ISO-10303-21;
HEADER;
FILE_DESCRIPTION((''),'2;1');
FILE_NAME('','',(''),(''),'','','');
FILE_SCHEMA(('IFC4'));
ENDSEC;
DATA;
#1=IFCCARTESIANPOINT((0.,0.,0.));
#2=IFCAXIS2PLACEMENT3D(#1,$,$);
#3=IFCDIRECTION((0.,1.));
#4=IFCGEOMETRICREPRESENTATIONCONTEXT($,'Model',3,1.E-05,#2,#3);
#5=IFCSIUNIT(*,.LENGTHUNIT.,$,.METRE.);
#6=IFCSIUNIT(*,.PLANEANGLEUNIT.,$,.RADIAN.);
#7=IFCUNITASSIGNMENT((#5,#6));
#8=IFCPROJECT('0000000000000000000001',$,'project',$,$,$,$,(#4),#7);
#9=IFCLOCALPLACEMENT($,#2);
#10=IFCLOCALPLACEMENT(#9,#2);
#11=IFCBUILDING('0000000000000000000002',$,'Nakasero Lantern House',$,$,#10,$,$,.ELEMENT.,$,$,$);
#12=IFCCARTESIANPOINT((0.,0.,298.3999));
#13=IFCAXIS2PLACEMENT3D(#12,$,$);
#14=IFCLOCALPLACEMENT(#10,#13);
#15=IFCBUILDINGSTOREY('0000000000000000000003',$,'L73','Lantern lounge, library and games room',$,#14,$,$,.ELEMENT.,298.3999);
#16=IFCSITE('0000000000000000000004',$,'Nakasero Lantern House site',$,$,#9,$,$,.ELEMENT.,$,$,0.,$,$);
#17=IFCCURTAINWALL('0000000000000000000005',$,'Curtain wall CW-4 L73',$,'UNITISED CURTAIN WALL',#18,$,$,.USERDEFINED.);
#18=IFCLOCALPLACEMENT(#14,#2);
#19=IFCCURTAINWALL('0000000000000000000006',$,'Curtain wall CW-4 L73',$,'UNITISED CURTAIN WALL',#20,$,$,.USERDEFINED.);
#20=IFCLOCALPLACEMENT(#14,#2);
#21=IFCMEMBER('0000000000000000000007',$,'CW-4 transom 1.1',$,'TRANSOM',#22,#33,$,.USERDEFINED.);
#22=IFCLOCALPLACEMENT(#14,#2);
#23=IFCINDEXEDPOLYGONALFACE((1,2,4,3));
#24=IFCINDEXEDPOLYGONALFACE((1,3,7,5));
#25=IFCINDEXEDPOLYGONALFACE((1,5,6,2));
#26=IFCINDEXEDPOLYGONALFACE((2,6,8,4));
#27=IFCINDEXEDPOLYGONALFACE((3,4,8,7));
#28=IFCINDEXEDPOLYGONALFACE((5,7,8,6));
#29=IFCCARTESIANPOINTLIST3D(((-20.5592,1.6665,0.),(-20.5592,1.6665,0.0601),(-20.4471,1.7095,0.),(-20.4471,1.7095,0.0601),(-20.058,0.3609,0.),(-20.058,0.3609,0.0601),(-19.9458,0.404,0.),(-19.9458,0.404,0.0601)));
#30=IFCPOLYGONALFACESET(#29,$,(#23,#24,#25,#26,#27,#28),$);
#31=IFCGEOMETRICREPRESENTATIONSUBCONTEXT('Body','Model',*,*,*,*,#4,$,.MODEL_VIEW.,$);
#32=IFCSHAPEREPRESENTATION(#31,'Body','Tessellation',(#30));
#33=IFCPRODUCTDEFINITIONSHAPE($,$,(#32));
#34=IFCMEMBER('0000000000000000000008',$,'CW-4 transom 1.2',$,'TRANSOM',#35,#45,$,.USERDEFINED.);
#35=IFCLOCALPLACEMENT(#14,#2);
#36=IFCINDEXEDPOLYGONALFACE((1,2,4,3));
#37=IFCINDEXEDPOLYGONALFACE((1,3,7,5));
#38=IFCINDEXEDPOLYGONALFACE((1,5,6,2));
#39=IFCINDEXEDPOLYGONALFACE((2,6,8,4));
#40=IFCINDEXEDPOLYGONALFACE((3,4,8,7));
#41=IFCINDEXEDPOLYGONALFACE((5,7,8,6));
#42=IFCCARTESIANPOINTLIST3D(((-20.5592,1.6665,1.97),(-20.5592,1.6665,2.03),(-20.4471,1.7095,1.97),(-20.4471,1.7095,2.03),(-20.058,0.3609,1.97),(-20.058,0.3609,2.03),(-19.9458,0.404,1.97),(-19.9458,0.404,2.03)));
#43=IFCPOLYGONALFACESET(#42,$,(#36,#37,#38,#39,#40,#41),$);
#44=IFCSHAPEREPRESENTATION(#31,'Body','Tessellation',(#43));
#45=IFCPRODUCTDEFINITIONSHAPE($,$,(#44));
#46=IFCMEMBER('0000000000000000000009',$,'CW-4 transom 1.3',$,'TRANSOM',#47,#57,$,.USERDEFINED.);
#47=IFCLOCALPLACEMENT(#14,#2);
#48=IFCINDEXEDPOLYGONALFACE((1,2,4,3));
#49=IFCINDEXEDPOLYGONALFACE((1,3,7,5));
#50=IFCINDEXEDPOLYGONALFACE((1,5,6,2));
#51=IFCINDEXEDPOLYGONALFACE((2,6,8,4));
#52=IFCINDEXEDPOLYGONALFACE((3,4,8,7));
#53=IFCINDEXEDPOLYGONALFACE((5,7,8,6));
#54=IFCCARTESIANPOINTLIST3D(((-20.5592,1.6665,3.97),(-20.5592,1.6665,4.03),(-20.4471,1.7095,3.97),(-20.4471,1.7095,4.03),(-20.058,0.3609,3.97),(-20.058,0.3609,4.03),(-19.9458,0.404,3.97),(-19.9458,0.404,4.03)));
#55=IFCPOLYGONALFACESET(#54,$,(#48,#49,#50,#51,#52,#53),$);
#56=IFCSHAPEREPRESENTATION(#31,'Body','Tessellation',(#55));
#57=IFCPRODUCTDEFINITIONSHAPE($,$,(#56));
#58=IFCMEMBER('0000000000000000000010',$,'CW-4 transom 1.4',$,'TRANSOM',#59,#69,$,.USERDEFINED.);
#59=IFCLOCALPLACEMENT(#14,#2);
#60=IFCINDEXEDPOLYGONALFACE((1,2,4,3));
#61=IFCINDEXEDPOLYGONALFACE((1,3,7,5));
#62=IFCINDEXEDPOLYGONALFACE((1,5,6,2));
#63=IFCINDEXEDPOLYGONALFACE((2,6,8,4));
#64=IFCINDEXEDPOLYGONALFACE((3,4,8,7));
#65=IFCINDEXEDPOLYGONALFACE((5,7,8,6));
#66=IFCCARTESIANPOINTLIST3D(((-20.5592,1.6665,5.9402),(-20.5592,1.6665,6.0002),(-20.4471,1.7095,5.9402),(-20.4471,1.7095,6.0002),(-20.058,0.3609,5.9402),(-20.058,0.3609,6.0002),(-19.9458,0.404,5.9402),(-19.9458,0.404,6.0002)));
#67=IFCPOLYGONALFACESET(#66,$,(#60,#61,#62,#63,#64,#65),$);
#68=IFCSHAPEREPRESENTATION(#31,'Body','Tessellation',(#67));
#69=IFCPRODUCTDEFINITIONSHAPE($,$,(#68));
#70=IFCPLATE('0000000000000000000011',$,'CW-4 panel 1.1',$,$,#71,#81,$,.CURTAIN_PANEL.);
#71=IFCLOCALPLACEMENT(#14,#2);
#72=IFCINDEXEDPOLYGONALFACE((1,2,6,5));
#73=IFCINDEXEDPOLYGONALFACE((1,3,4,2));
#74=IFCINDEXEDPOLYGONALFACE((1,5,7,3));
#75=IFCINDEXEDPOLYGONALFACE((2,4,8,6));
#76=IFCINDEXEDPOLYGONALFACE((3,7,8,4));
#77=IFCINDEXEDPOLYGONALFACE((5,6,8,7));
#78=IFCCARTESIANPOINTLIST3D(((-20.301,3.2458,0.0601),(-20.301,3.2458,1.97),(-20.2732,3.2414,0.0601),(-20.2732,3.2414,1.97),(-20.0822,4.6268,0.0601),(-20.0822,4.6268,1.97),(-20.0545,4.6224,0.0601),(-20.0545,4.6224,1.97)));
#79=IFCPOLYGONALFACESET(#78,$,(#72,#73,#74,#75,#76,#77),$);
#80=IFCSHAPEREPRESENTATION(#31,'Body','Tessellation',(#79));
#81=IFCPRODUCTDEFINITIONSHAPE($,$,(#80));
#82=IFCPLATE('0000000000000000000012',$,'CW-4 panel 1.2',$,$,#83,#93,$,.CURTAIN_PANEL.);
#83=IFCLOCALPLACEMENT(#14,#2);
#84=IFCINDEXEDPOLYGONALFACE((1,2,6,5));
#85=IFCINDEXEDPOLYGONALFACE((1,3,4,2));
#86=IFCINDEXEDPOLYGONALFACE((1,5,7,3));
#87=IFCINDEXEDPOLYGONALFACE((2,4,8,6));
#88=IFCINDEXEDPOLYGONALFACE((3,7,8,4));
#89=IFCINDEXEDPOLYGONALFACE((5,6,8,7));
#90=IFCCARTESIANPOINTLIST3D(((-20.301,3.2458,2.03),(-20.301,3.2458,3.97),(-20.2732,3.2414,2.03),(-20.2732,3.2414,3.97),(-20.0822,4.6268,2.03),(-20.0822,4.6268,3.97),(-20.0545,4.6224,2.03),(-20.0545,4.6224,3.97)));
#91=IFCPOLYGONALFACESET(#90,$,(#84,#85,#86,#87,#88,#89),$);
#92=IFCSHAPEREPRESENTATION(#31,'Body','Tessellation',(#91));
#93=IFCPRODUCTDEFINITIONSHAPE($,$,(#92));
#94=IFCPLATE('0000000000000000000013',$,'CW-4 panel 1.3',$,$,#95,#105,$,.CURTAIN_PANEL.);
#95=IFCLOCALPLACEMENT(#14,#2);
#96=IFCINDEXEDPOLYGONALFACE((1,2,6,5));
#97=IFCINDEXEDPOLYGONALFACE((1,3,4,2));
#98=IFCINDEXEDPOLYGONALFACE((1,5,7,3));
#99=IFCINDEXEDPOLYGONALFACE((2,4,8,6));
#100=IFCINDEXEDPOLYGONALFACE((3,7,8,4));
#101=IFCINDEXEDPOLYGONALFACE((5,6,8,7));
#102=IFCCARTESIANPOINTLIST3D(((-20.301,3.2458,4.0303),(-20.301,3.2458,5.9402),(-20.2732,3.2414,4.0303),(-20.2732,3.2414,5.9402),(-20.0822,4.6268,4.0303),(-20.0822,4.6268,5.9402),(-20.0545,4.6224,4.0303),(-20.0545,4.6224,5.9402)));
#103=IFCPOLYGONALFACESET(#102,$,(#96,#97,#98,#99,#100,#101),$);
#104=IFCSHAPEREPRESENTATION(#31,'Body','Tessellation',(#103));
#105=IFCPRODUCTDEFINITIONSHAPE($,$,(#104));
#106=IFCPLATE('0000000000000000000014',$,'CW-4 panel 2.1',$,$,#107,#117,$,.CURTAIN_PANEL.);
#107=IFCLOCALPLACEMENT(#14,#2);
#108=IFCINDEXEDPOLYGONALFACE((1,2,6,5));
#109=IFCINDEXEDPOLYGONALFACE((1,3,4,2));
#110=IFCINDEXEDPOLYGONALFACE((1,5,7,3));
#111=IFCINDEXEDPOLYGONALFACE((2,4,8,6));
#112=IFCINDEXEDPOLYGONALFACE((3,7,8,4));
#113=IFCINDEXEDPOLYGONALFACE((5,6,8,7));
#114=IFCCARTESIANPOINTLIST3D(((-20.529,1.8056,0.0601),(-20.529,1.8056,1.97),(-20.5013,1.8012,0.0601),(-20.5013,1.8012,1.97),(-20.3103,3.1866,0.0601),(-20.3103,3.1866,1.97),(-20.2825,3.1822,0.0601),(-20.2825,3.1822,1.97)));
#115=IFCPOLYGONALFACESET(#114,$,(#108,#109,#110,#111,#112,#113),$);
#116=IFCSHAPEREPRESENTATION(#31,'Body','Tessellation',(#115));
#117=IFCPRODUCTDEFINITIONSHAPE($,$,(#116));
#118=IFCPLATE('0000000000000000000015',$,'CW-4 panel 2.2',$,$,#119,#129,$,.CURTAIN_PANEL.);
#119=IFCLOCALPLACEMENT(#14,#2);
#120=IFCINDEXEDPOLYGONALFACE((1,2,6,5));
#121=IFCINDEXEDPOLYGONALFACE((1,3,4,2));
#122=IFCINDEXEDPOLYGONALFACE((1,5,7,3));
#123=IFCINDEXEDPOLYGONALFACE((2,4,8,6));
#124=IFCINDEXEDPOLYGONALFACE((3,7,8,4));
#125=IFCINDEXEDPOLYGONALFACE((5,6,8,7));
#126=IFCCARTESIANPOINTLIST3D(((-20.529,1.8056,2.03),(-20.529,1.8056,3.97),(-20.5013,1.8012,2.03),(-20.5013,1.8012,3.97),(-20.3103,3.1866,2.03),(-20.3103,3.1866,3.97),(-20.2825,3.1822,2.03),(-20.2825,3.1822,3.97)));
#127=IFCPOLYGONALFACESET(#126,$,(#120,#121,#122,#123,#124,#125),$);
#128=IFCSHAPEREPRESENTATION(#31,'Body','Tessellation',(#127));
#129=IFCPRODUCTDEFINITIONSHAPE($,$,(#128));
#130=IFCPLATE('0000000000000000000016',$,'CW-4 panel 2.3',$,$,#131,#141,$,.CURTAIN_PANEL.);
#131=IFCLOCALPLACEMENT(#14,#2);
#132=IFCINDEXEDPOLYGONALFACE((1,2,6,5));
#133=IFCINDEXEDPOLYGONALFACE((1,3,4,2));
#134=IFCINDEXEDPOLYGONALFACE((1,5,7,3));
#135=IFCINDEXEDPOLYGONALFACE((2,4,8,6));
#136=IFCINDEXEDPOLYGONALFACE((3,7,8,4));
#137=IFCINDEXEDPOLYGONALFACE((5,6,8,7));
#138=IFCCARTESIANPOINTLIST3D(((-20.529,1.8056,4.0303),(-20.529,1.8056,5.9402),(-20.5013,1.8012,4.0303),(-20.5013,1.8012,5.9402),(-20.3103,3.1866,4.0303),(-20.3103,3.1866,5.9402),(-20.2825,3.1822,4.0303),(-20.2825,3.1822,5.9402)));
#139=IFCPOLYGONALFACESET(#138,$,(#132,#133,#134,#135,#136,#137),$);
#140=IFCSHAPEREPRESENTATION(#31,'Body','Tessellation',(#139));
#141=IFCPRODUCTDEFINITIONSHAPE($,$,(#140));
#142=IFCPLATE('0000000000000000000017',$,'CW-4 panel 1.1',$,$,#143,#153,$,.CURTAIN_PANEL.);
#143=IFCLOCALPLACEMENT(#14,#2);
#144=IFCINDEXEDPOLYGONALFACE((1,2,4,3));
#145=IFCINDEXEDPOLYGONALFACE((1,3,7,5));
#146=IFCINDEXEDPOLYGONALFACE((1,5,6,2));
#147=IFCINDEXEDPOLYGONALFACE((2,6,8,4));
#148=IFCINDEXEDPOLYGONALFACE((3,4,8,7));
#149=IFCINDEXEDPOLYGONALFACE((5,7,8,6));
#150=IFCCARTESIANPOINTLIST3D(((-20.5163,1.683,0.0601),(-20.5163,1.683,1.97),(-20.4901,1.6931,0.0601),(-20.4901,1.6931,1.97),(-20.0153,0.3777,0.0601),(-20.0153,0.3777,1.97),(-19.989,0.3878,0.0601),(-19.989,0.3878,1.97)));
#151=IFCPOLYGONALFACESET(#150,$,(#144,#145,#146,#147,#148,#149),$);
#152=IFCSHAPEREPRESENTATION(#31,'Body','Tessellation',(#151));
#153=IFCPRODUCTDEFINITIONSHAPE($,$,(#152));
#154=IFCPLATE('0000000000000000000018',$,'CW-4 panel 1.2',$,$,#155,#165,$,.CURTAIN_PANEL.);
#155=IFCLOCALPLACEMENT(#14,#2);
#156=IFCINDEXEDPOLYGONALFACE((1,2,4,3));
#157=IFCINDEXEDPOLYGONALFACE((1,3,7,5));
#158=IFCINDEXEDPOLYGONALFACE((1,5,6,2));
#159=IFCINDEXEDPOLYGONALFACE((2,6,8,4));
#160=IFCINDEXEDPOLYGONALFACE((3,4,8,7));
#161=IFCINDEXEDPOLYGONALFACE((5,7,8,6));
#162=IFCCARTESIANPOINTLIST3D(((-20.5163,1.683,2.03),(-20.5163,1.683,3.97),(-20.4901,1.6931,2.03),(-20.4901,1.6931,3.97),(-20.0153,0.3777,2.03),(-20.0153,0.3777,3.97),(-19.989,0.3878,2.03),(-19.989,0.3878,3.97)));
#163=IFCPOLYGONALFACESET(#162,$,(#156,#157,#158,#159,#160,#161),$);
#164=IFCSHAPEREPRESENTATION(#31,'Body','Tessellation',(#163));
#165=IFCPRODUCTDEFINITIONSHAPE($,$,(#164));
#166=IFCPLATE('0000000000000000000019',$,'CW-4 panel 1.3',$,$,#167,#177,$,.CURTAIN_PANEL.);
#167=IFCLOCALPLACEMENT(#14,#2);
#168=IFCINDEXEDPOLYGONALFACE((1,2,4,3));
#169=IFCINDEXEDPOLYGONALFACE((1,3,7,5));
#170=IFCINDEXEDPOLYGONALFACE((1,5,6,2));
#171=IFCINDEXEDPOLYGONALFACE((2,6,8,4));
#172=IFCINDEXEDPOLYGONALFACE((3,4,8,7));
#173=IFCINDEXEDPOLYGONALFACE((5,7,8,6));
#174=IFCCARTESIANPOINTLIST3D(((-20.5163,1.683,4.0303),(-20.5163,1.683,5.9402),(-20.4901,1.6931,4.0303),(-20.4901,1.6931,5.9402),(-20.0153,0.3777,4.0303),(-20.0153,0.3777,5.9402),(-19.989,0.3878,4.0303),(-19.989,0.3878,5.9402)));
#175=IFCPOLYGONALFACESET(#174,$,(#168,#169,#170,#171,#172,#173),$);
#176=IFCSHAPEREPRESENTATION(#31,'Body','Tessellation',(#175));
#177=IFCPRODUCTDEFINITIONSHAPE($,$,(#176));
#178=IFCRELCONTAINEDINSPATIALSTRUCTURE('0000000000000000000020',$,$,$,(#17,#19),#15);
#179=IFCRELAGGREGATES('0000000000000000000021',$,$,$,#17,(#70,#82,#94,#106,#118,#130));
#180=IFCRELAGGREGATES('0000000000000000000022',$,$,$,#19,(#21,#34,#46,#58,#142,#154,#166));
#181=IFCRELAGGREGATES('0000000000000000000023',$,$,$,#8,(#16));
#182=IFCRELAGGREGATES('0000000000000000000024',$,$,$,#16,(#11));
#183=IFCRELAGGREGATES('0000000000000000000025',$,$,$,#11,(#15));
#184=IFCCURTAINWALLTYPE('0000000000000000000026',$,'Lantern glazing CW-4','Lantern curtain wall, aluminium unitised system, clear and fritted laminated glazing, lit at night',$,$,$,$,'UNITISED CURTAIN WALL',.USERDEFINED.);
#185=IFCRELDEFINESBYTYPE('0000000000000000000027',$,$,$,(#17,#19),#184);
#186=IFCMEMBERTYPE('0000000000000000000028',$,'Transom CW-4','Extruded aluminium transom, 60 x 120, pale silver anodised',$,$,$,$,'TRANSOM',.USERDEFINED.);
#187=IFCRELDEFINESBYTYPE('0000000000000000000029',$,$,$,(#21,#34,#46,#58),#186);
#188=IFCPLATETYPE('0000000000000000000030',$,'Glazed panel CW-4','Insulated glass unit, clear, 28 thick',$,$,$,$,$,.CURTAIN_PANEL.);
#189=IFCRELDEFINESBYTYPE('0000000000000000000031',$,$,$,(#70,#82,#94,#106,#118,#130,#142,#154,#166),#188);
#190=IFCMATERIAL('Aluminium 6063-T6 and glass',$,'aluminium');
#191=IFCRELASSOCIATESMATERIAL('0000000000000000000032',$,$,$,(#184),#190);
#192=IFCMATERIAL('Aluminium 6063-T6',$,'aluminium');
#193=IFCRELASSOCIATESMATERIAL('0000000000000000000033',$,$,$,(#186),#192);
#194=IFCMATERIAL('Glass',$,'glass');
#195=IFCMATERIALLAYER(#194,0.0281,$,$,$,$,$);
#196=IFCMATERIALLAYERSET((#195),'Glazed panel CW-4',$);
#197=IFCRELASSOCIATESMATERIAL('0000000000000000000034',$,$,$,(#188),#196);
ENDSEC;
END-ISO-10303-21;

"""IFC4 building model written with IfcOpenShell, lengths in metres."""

from ifc_helpers import new_model, si_unit, direction, frame, origin, origin_2d, place, context, subcontext, project, spatial, rectangle, extrude, material, layer, layer_set, material_profile, profile_set, type_object, element, aggregate, save


model = new_model("IFC4")

# Units and contexts
model_context = context("Model", 3, precision=1e-05, world=origin(), true_north=direction((0.0, 1.0)))
body_context = subcontext(model_context, "Body", "Model", "MODEL_VIEW")
ifc_project = project(units=[si_unit("LENGTHUNIT", "METRE"), si_unit("PLANEANGLEUNIT", "RADIAN")], contexts=[model_context])

# Site, building, storey
site_placement = place(None, origin())
site = spatial("IfcSite", under=ifc_project, at=site_placement, Name="Nakasero Lantern House site", CompositionType="ELEMENT", RefElevation=0.0)
building_placement = place(site_placement, origin())
building = spatial("IfcBuilding", under=site, at=building_placement, Name="Nakasero Lantern House", CompositionType="ELEMENT")
storey_placement = place(building_placement, frame((0.0, 0.0, 298.3999)))
storey = spatial("IfcBuildingStorey", under=building, at=storey_placement, Name="L73", Description="Lantern lounge, library and games room", CompositionType="ELEMENT", Elevation=298.3999)

# Shared definitions
ifc_material_1 = material(Name="Aluminium 6063-T6 and glass", Category="aluminium")
curtain_wall_type = type_object("IfcCurtainWallType", Name="Lantern glazing CW-4", Description="Lantern curtain wall, aluminium unitised system, clear and fritted laminated glazing, lit at night", ElementType="UNITISED CURTAIN WALL", PredefinedType="USERDEFINED", material=ifc_material_1)

# Curtain walls
curtain_wall_1_placement = place(storey_placement, origin())
curtain_wall_1 = element("IfcCurtainWall", 1, at=curtain_wall_1_placement, inside=storey, type_object=curtain_wall_type, Name="Curtain wall CW-4 L73", ObjectType="UNITISED CURTAIN WALL", PredefinedType="USERDEFINED")
curtain_wall_2_placement = place(storey_placement, origin())
curtain_wall_2 = element("IfcCurtainWall", 2, at=curtain_wall_2_placement, inside=storey, type_object=curtain_wall_type, Name="Curtain wall CW-4 L73", ObjectType="UNITISED CURTAIN WALL", PredefinedType="USERDEFINED")

# Members
ifc_material_2 = material(Name="Aluminium 6063-T6", Category="aluminium")
ifc_material_profile_1 = material_profile(ifc_material_2, rectangle(XDim=0.0601, YDim=0.1201, at=origin_2d()), Name="CW-4 transom 60x120")
ifc_profile_set_1 = profile_set([ifc_material_profile_1], Name="Aluminium 6063-T6")
member_type_1 = type_object("IfcMemberType", Name="Transom CW-4", Description="Extruded aluminium transom, 60 x 120, pale silver anodised", ElementType="TRANSOM", PredefinedType="USERDEFINED", material=ifc_profile_set_1)
member_1_placement = place(storey_placement, frame((-20.5032, 1.688, 0.03), z_axis=(0.358441, -0.933552, 0.0), x_axis=(0.0, 0.0, 1.0)))
member_1 = element("IfcMember", 3, at=member_1_placement, type_object=member_type_1, Name="CW-4 transom 1.1", ObjectType="TRANSOM", PredefinedType="USERDEFINED", context=body_context, shape_type="SweptSolid", body=[
    extrude(rectangle(XDim=0.0601, YDim=0.1201, at=origin_2d()), origin(), (0.0, 0.0, 1.0), 1.3984),
])
member_2_placement = place(storey_placement, frame((-20.5032, 1.688, 2.0), z_axis=(0.358441, -0.933552, 0.0), x_axis=(0.0, 0.0, 1.0)))
member_2 = element("IfcMember", 4, at=member_2_placement, type_object=member_type_1, Name="CW-4 transom 1.2", ObjectType="TRANSOM", PredefinedType="USERDEFINED", context=body_context, shape_type="SweptSolid", body=[
    extrude(rectangle(XDim=0.0601, YDim=0.1201, at=origin_2d()), origin(), (0.0, 0.0, 1.0), 1.3984),
])
member_3_placement = place(storey_placement, frame((-20.5032, 1.688, 4.0), z_axis=(0.358441, -0.933552, 0.0), x_axis=(0.0, 0.0, 1.0)))
member_3 = element("IfcMember", 5, at=member_3_placement, type_object=member_type_1, Name="CW-4 transom 1.3", ObjectType="TRANSOM", PredefinedType="USERDEFINED", context=body_context, shape_type="SweptSolid", body=[
    extrude(rectangle(XDim=0.0601, YDim=0.1201, at=origin_2d()), origin(), (0.0, 0.0, 1.0), 1.3984),
])
member_4_placement = place(storey_placement, frame((-20.5032, 1.688, 5.9702), z_axis=(0.358441, -0.933552, 0.0), x_axis=(0.0, 0.0, 1.0)))
member_4 = element("IfcMember", 6, at=member_4_placement, type_object=member_type_1, Name="CW-4 transom 1.4", ObjectType="TRANSOM", PredefinedType="USERDEFINED", context=body_context, shape_type="SweptSolid", body=[
    extrude(rectangle(XDim=0.0601, YDim=0.1201, at=origin_2d()), origin(), (0.0, 0.0, 1.0), 1.3984),
])

# Plates
ifc_material_3 = material(Name="Glass", Category="glass")
ifc_layer = layer(ifc_material_3, 0.0281)
ifc_layer_set = layer_set([ifc_layer], Name="Glazed panel CW-4")
plate_type = type_object("IfcPlateType", Name="Glazed panel CW-4", Description="Insulated glass unit, clear, 28 thick", PredefinedType="CURTAIN_PANEL", material=ifc_layer_set)
plate_1_placement = place(storey_placement, frame((-20.1777, 3.9341, 0.0601), z_axis=(0.0, 0.0, 1.0), x_axis=(-0.156434, -0.987688, 0.0)))
plate_1 = element("IfcPlate", 7, at=plate_1_placement, type_object=plate_type, Name="CW-4 panel 1.1", PredefinedType="CURTAIN_PANEL", context=body_context, shape_type="SweptSolid", body=[
    extrude(rectangle(XDim=1.3982, YDim=0.0281, at=origin_2d()), origin(), (0.0, 0.0, 1.0), 1.9099),
])
plate_2_placement = place(storey_placement, frame((-20.1777, 3.9341, 2.03), z_axis=(0.0, 0.0, 1.0), x_axis=(-0.156434, -0.987688, 0.0)))
plate_2 = element("IfcPlate", 8, at=plate_2_placement, type_object=plate_type, Name="CW-4 panel 1.2", PredefinedType="CURTAIN_PANEL", context=body_context, shape_type="SweptSolid", body=[
    extrude(rectangle(XDim=1.3982, YDim=0.0281, at=origin_2d()), origin(), (0.0, 0.0, 1.0), 1.9399),
])
plate_3_placement = place(storey_placement, frame((-20.1777, 3.9341, 4.0303), z_axis=(0.0, 0.0, 1.0), x_axis=(-0.156434, -0.987688, 0.0)))
plate_3 = element("IfcPlate", 9, at=plate_3_placement, type_object=plate_type, Name="CW-4 panel 1.3", PredefinedType="CURTAIN_PANEL", context=body_context, shape_type="SweptSolid", body=[
    extrude(rectangle(XDim=1.3982, YDim=0.0281, at=origin_2d()), origin(), (0.0, 0.0, 1.0), 1.9099),
])
plate_4_placement = place(storey_placement, frame((-20.4058, 2.4939, 0.0601), z_axis=(0.0, 0.0, 1.0), x_axis=(-0.156434, -0.987688, 0.0)))
plate_4 = element("IfcPlate", 10, at=plate_4_placement, type_object=plate_type, Name="CW-4 panel 2.1", PredefinedType="CURTAIN_PANEL", context=body_context, shape_type="SweptSolid", body=[
    extrude(rectangle(XDim=1.3982, YDim=0.0281, at=origin_2d()), origin(), (0.0, 0.0, 1.0), 1.9099),
])
plate_5_placement = place(storey_placement, frame((-20.4058, 2.4939, 2.03), z_axis=(0.0, 0.0, 1.0), x_axis=(-0.156434, -0.987688, 0.0)))
plate_5 = element("IfcPlate", 11, at=plate_5_placement, type_object=plate_type, Name="CW-4 panel 2.2", PredefinedType="CURTAIN_PANEL", context=body_context, shape_type="SweptSolid", body=[
    extrude(rectangle(XDim=1.3982, YDim=0.0281, at=origin_2d()), origin(), (0.0, 0.0, 1.0), 1.9399),
])
plate_6_placement = place(storey_placement, frame((-20.4058, 2.4939, 4.0303), z_axis=(0.0, 0.0, 1.0), x_axis=(-0.156434, -0.987688, 0.0)))
plate_6 = element("IfcPlate", 12, at=plate_6_placement, type_object=plate_type, Name="CW-4 panel 2.3", PredefinedType="CURTAIN_PANEL", context=body_context, shape_type="SweptSolid", body=[
    extrude(rectangle(XDim=1.3982, YDim=0.0281, at=origin_2d()), origin(), (0.0, 0.0, 1.0), 1.9099),
])
aggregate(curtain_wall_1, [plate_1, plate_2, plate_3, plate_4, plate_5, plate_6])
plate_7_placement = place(storey_placement, frame((-20.2527, 1.0354, 0.0601), z_axis=(0.0, 0.0, 1.0), x_axis=(0.358368, -0.93358, 0.0)))
plate_7 = element("IfcPlate", 13, at=plate_7_placement, type_object=plate_type, Name="CW-4 panel 1.1", PredefinedType="CURTAIN_PANEL", context=body_context, shape_type="SweptSolid", body=[
    extrude(rectangle(XDim=1.3982, YDim=0.0281, at=origin_2d()), origin(), (0.0, 0.0, 1.0), 1.9099),
])
plate_8_placement = place(storey_placement, frame((-20.2527, 1.0354, 2.03), z_axis=(0.0, 0.0, 1.0), x_axis=(0.358368, -0.93358, 0.0)))
plate_8 = element("IfcPlate", 14, at=plate_8_placement, type_object=plate_type, Name="CW-4 panel 1.2", PredefinedType="CURTAIN_PANEL", context=body_context, shape_type="SweptSolid", body=[
    extrude(rectangle(XDim=1.3982, YDim=0.0281, at=origin_2d()), origin(), (0.0, 0.0, 1.0), 1.9399),
])
plate_9_placement = place(storey_placement, frame((-20.2527, 1.0354, 4.0303), z_axis=(0.0, 0.0, 1.0), x_axis=(0.358368, -0.93358, 0.0)))
plate_9 = element("IfcPlate", 15, at=plate_9_placement, type_object=plate_type, Name="CW-4 panel 1.3", PredefinedType="CURTAIN_PANEL", context=body_context, shape_type="SweptSolid", body=[
    extrude(rectangle(XDim=1.3982, YDim=0.0281, at=origin_2d()), origin(), (0.0, 0.0, 1.0), 1.9099),
])
aggregate(curtain_wall_2, [member_1, member_2, member_3, member_4, plate_7, plate_8, plate_9])

save(model, "model.ifc")
